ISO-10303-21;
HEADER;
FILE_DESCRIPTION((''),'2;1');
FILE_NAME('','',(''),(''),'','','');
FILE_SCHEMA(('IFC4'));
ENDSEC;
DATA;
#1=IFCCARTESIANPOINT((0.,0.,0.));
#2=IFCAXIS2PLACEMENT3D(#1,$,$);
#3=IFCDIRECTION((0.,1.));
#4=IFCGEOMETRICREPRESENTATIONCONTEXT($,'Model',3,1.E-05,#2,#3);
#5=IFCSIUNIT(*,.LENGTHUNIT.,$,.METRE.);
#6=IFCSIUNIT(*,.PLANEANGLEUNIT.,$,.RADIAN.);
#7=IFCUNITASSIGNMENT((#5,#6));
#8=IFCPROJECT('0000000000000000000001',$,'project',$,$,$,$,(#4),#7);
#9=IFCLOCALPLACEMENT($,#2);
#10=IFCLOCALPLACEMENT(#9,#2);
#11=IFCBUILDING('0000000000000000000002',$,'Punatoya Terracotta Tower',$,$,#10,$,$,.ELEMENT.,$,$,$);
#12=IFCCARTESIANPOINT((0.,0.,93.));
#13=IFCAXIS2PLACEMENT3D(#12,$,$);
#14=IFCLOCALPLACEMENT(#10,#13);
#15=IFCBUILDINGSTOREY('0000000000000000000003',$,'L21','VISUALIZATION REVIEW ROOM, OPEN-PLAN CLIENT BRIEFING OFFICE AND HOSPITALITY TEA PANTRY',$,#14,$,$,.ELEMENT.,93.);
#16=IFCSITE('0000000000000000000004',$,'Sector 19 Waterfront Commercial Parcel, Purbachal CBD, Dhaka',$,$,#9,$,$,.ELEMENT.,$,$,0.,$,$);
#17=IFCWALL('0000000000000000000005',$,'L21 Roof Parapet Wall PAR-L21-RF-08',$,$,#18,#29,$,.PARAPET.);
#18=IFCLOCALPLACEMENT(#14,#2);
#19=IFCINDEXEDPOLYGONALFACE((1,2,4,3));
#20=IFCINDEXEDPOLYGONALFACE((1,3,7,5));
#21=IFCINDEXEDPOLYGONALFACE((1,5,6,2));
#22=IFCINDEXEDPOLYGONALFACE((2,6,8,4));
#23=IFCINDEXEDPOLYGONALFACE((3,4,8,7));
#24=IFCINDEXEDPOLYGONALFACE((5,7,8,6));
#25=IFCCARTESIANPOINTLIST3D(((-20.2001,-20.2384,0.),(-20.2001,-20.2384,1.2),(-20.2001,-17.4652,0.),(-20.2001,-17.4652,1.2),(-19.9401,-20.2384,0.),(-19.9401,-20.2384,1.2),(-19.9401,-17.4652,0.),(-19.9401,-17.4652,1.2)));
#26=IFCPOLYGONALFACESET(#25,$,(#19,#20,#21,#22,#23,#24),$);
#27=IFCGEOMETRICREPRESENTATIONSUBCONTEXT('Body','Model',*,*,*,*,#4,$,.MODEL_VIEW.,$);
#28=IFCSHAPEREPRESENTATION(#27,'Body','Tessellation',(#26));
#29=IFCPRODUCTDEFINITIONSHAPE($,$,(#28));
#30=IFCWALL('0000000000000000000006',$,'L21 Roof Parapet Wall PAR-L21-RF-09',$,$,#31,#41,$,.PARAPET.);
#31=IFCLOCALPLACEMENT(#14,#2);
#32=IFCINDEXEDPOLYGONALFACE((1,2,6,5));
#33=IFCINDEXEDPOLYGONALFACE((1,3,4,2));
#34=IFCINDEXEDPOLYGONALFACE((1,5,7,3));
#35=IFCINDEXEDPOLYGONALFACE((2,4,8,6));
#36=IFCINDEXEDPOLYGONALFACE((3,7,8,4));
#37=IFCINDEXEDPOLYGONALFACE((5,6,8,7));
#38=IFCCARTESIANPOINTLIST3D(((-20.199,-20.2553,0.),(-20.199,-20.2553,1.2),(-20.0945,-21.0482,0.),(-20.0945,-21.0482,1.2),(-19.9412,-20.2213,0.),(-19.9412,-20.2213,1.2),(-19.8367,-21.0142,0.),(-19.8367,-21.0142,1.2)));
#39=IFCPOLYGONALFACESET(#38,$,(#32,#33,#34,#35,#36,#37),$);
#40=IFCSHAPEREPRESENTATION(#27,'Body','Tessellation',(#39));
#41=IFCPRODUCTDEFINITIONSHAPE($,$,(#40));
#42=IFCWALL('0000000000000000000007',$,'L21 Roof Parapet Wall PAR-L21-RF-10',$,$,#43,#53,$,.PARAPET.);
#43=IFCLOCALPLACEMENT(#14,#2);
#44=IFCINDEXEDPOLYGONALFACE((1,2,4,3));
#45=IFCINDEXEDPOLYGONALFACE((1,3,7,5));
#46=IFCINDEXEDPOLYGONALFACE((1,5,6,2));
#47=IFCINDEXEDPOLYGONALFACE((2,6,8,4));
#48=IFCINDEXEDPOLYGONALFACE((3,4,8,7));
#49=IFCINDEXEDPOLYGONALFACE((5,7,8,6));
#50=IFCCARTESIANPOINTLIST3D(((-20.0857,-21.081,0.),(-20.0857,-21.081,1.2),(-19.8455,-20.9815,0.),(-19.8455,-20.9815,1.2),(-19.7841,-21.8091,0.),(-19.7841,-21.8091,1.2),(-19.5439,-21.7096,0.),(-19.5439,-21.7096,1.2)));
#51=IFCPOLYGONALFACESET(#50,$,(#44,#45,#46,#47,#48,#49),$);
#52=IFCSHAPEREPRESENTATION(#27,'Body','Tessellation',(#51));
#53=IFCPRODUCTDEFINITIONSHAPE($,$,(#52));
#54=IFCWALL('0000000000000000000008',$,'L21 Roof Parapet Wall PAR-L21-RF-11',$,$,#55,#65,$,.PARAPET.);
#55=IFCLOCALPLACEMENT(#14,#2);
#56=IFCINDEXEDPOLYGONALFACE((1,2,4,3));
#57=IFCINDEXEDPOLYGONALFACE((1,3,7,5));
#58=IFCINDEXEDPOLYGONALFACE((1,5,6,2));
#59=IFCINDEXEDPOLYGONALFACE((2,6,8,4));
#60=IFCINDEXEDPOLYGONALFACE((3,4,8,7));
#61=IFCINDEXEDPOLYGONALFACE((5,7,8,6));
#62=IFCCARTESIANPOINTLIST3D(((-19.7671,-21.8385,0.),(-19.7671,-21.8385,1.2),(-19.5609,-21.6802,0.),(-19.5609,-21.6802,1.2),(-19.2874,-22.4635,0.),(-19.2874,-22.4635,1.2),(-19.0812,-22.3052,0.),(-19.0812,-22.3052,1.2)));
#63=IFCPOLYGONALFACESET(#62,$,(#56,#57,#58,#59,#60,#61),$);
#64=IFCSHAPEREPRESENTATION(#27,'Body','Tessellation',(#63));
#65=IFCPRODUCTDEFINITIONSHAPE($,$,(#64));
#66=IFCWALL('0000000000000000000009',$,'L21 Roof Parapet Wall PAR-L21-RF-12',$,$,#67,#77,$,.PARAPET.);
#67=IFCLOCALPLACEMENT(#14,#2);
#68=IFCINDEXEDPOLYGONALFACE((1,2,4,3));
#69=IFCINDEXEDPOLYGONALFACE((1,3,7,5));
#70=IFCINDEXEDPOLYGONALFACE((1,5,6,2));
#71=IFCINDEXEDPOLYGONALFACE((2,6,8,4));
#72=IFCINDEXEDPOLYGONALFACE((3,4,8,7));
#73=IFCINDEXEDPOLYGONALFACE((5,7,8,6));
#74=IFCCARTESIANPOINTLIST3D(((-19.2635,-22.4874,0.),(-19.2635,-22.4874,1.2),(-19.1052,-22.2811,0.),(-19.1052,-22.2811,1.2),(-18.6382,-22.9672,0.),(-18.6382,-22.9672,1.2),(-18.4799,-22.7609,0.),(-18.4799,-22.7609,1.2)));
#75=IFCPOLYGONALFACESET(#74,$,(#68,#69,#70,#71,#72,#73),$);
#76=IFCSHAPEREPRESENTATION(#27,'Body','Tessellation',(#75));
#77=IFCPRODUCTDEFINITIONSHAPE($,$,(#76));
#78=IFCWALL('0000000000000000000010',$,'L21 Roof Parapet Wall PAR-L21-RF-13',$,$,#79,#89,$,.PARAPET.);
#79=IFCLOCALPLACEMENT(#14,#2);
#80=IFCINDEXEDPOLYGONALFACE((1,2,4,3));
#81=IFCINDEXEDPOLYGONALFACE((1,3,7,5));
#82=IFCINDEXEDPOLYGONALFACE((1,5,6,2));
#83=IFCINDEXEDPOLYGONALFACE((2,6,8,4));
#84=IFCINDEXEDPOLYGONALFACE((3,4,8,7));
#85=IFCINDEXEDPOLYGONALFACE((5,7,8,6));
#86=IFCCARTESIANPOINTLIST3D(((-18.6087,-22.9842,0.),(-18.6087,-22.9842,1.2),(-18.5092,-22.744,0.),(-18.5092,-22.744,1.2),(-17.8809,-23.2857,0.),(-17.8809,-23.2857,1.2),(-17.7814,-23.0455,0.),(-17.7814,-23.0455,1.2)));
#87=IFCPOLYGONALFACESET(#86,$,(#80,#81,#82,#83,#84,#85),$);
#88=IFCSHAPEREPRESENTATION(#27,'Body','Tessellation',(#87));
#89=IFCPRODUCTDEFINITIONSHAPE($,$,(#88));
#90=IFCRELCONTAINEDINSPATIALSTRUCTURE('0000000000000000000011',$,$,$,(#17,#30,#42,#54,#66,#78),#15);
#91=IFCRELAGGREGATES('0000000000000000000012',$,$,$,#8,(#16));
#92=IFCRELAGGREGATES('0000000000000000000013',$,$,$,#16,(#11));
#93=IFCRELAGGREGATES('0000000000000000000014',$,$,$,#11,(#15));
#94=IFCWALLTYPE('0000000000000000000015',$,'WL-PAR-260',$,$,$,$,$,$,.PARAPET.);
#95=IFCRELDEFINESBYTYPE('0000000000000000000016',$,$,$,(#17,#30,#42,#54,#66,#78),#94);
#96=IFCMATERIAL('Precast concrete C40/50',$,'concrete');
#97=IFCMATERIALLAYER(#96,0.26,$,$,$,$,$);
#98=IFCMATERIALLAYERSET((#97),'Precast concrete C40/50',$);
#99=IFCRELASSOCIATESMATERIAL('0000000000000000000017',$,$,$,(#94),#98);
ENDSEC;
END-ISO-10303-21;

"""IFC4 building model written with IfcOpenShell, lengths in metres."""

from ifc_helpers import new_model, si_unit, direction, frame, frame_2d, origin, place, context, subcontext, project, spatial, rectangle, extrude, material, layer, layer_set, type_object, element, save


model = new_model("IFC4")

# Units and contexts
model_context = context("Model", 3, precision=1e-05, world=origin(), true_north=direction((0.0, 1.0)))
body_context = subcontext(model_context, "Body", "Model", "MODEL_VIEW")
ifc_project = project(units=[si_unit("LENGTHUNIT", "METRE"), si_unit("PLANEANGLEUNIT", "RADIAN")], contexts=[model_context])

# Site, building, storey
site_placement = place(None, origin())
site = spatial("IfcSite", under=ifc_project, at=site_placement, Name="Sector 19 Waterfront Commercial Parcel, Purbachal CBD, Dhaka", CompositionType="ELEMENT", RefElevation=0.0)
building_placement = place(site_placement, origin())
building = spatial("IfcBuilding", under=site, at=building_placement, Name="Punatoya Terracotta Tower", CompositionType="ELEMENT")
storey_placement = place(building_placement, frame((0.0, 0.0, 93.0)))
storey = spatial("IfcBuildingStorey", under=building, at=storey_placement, Name="L21", Description="VISUALIZATION REVIEW ROOM, OPEN-PLAN CLIENT BRIEFING OFFICE AND HOSPITALITY TEA PANTRY", CompositionType="ELEMENT", Elevation=93.0)

# Walls
ifc_material_1 = material(Name="Precast concrete C40/50", Category="concrete")
ifc_layer_1 = layer(ifc_material_1, 0.26)
ifc_layer_set_1 = layer_set([ifc_layer_1], Name="Precast concrete C40/50")
wall_type_1 = type_object("IfcWallType", Name="WL-PAR-260", PredefinedType="PARAPET", material=ifc_layer_set_1)
wall_1_placement = place(storey_placement, frame((-20.0701, -17.4651, 0.0), z_axis=(0.0, 0.0, 1.0), x_axis=(0.0, -1.0, 0.0)))
element("IfcWall", 1, at=wall_1_placement, inside=storey, type_object=wall_type_1, Name="L21 Roof Parapet Wall PAR-L21-RF-08", PredefinedType="PARAPET", context=body_context, shape_type="SweptSolid", body=[
    extrude(rectangle(XDim=2.7732, YDim=0.26, at=frame_2d((1.3867, 0.0))), origin(), (0.0, 0.0, 1.0), 1.2),
])
wall_2_placement = place(storey_placement, frame((-20.0701, -20.2383, 0.0), z_axis=(0.0, 0.0, 1.0), x_axis=(0.130644, -0.991429, 0.0)))
element("IfcWall", 2, at=wall_2_placement, inside=storey, type_object=wall_type_1, Name="L21 Roof Parapet Wall PAR-L21-RF-09", PredefinedType="PARAPET", context=body_context, shape_type="SweptSolid", body=[
    extrude(rectangle(XDim=0.7998, YDim=0.26, at=frame_2d((0.3999, 0.0))), origin(), (0.0, 0.0, 1.0), 1.2),
])
wall_3_placement = place(storey_placement, frame((-19.9656, -21.0312, 0.0), z_axis=(0.0, 0.0, 1.0), x_axis=(0.382635, -0.9239, 0.0)))
element("IfcWall", 3, at=wall_3_placement, inside=storey, type_object=wall_type_1, Name="L21 Roof Parapet Wall PAR-L21-RF-10", PredefinedType="PARAPET", context=body_context, shape_type="SweptSolid", body=[
    extrude(rectangle(XDim=0.7881, YDim=0.26, at=frame_2d((0.394, 0.0))), origin(), (0.0, 0.0, 1.0), 1.2),
])
wall_4_placement = place(storey_placement, frame((-19.6641, -21.7593, 0.0), z_axis=(0.0, 0.0, 1.0), x_axis=(0.608887, -0.793257, 0.0)))
element("IfcWall", 4, at=wall_4_placement, inside=storey, type_object=wall_type_1, Name="L21 Roof Parapet Wall PAR-L21-RF-11", PredefinedType="PARAPET", context=body_context, shape_type="SweptSolid", body=[
    extrude(rectangle(XDim=0.7878, YDim=0.26, at=frame_2d((0.394, 0.0))), origin(), (0.0, 0.0, 1.0), 1.2),
])
wall_5_placement = place(storey_placement, frame((-19.1843, -22.3843, 0.0), z_axis=(0.0, 0.0, 1.0), x_axis=(0.793372, -0.608737, 0.0)))
element("IfcWall", 5, at=wall_5_placement, inside=storey, type_object=wall_type_1, Name="L21 Roof Parapet Wall PAR-L21-RF-12", PredefinedType="PARAPET", context=body_context, shape_type="SweptSolid", body=[
    extrude(rectangle(XDim=0.7881, YDim=0.26, at=frame_2d((0.394, 0.0))), origin(), (0.0, 0.0, 1.0), 1.2),
])
wall_6_placement = place(storey_placement, frame((-18.5591, -22.864, 0.0), z_axis=(0.0, 0.0, 1.0), x_axis=(0.923854, -0.382744, 0.0)))
element("IfcWall", 6, at=wall_6_placement, inside=storey, type_object=wall_type_1, Name="L21 Roof Parapet Wall PAR-L21-RF-13", PredefinedType="PARAPET", context=body_context, shape_type="SweptSolid", body=[
    extrude(rectangle(XDim=0.7878, YDim=0.26, at=frame_2d((0.394, 0.0))), origin(), (0.0, 0.0, 1.0), 1.2),
])

save(model, "model.ifc")
